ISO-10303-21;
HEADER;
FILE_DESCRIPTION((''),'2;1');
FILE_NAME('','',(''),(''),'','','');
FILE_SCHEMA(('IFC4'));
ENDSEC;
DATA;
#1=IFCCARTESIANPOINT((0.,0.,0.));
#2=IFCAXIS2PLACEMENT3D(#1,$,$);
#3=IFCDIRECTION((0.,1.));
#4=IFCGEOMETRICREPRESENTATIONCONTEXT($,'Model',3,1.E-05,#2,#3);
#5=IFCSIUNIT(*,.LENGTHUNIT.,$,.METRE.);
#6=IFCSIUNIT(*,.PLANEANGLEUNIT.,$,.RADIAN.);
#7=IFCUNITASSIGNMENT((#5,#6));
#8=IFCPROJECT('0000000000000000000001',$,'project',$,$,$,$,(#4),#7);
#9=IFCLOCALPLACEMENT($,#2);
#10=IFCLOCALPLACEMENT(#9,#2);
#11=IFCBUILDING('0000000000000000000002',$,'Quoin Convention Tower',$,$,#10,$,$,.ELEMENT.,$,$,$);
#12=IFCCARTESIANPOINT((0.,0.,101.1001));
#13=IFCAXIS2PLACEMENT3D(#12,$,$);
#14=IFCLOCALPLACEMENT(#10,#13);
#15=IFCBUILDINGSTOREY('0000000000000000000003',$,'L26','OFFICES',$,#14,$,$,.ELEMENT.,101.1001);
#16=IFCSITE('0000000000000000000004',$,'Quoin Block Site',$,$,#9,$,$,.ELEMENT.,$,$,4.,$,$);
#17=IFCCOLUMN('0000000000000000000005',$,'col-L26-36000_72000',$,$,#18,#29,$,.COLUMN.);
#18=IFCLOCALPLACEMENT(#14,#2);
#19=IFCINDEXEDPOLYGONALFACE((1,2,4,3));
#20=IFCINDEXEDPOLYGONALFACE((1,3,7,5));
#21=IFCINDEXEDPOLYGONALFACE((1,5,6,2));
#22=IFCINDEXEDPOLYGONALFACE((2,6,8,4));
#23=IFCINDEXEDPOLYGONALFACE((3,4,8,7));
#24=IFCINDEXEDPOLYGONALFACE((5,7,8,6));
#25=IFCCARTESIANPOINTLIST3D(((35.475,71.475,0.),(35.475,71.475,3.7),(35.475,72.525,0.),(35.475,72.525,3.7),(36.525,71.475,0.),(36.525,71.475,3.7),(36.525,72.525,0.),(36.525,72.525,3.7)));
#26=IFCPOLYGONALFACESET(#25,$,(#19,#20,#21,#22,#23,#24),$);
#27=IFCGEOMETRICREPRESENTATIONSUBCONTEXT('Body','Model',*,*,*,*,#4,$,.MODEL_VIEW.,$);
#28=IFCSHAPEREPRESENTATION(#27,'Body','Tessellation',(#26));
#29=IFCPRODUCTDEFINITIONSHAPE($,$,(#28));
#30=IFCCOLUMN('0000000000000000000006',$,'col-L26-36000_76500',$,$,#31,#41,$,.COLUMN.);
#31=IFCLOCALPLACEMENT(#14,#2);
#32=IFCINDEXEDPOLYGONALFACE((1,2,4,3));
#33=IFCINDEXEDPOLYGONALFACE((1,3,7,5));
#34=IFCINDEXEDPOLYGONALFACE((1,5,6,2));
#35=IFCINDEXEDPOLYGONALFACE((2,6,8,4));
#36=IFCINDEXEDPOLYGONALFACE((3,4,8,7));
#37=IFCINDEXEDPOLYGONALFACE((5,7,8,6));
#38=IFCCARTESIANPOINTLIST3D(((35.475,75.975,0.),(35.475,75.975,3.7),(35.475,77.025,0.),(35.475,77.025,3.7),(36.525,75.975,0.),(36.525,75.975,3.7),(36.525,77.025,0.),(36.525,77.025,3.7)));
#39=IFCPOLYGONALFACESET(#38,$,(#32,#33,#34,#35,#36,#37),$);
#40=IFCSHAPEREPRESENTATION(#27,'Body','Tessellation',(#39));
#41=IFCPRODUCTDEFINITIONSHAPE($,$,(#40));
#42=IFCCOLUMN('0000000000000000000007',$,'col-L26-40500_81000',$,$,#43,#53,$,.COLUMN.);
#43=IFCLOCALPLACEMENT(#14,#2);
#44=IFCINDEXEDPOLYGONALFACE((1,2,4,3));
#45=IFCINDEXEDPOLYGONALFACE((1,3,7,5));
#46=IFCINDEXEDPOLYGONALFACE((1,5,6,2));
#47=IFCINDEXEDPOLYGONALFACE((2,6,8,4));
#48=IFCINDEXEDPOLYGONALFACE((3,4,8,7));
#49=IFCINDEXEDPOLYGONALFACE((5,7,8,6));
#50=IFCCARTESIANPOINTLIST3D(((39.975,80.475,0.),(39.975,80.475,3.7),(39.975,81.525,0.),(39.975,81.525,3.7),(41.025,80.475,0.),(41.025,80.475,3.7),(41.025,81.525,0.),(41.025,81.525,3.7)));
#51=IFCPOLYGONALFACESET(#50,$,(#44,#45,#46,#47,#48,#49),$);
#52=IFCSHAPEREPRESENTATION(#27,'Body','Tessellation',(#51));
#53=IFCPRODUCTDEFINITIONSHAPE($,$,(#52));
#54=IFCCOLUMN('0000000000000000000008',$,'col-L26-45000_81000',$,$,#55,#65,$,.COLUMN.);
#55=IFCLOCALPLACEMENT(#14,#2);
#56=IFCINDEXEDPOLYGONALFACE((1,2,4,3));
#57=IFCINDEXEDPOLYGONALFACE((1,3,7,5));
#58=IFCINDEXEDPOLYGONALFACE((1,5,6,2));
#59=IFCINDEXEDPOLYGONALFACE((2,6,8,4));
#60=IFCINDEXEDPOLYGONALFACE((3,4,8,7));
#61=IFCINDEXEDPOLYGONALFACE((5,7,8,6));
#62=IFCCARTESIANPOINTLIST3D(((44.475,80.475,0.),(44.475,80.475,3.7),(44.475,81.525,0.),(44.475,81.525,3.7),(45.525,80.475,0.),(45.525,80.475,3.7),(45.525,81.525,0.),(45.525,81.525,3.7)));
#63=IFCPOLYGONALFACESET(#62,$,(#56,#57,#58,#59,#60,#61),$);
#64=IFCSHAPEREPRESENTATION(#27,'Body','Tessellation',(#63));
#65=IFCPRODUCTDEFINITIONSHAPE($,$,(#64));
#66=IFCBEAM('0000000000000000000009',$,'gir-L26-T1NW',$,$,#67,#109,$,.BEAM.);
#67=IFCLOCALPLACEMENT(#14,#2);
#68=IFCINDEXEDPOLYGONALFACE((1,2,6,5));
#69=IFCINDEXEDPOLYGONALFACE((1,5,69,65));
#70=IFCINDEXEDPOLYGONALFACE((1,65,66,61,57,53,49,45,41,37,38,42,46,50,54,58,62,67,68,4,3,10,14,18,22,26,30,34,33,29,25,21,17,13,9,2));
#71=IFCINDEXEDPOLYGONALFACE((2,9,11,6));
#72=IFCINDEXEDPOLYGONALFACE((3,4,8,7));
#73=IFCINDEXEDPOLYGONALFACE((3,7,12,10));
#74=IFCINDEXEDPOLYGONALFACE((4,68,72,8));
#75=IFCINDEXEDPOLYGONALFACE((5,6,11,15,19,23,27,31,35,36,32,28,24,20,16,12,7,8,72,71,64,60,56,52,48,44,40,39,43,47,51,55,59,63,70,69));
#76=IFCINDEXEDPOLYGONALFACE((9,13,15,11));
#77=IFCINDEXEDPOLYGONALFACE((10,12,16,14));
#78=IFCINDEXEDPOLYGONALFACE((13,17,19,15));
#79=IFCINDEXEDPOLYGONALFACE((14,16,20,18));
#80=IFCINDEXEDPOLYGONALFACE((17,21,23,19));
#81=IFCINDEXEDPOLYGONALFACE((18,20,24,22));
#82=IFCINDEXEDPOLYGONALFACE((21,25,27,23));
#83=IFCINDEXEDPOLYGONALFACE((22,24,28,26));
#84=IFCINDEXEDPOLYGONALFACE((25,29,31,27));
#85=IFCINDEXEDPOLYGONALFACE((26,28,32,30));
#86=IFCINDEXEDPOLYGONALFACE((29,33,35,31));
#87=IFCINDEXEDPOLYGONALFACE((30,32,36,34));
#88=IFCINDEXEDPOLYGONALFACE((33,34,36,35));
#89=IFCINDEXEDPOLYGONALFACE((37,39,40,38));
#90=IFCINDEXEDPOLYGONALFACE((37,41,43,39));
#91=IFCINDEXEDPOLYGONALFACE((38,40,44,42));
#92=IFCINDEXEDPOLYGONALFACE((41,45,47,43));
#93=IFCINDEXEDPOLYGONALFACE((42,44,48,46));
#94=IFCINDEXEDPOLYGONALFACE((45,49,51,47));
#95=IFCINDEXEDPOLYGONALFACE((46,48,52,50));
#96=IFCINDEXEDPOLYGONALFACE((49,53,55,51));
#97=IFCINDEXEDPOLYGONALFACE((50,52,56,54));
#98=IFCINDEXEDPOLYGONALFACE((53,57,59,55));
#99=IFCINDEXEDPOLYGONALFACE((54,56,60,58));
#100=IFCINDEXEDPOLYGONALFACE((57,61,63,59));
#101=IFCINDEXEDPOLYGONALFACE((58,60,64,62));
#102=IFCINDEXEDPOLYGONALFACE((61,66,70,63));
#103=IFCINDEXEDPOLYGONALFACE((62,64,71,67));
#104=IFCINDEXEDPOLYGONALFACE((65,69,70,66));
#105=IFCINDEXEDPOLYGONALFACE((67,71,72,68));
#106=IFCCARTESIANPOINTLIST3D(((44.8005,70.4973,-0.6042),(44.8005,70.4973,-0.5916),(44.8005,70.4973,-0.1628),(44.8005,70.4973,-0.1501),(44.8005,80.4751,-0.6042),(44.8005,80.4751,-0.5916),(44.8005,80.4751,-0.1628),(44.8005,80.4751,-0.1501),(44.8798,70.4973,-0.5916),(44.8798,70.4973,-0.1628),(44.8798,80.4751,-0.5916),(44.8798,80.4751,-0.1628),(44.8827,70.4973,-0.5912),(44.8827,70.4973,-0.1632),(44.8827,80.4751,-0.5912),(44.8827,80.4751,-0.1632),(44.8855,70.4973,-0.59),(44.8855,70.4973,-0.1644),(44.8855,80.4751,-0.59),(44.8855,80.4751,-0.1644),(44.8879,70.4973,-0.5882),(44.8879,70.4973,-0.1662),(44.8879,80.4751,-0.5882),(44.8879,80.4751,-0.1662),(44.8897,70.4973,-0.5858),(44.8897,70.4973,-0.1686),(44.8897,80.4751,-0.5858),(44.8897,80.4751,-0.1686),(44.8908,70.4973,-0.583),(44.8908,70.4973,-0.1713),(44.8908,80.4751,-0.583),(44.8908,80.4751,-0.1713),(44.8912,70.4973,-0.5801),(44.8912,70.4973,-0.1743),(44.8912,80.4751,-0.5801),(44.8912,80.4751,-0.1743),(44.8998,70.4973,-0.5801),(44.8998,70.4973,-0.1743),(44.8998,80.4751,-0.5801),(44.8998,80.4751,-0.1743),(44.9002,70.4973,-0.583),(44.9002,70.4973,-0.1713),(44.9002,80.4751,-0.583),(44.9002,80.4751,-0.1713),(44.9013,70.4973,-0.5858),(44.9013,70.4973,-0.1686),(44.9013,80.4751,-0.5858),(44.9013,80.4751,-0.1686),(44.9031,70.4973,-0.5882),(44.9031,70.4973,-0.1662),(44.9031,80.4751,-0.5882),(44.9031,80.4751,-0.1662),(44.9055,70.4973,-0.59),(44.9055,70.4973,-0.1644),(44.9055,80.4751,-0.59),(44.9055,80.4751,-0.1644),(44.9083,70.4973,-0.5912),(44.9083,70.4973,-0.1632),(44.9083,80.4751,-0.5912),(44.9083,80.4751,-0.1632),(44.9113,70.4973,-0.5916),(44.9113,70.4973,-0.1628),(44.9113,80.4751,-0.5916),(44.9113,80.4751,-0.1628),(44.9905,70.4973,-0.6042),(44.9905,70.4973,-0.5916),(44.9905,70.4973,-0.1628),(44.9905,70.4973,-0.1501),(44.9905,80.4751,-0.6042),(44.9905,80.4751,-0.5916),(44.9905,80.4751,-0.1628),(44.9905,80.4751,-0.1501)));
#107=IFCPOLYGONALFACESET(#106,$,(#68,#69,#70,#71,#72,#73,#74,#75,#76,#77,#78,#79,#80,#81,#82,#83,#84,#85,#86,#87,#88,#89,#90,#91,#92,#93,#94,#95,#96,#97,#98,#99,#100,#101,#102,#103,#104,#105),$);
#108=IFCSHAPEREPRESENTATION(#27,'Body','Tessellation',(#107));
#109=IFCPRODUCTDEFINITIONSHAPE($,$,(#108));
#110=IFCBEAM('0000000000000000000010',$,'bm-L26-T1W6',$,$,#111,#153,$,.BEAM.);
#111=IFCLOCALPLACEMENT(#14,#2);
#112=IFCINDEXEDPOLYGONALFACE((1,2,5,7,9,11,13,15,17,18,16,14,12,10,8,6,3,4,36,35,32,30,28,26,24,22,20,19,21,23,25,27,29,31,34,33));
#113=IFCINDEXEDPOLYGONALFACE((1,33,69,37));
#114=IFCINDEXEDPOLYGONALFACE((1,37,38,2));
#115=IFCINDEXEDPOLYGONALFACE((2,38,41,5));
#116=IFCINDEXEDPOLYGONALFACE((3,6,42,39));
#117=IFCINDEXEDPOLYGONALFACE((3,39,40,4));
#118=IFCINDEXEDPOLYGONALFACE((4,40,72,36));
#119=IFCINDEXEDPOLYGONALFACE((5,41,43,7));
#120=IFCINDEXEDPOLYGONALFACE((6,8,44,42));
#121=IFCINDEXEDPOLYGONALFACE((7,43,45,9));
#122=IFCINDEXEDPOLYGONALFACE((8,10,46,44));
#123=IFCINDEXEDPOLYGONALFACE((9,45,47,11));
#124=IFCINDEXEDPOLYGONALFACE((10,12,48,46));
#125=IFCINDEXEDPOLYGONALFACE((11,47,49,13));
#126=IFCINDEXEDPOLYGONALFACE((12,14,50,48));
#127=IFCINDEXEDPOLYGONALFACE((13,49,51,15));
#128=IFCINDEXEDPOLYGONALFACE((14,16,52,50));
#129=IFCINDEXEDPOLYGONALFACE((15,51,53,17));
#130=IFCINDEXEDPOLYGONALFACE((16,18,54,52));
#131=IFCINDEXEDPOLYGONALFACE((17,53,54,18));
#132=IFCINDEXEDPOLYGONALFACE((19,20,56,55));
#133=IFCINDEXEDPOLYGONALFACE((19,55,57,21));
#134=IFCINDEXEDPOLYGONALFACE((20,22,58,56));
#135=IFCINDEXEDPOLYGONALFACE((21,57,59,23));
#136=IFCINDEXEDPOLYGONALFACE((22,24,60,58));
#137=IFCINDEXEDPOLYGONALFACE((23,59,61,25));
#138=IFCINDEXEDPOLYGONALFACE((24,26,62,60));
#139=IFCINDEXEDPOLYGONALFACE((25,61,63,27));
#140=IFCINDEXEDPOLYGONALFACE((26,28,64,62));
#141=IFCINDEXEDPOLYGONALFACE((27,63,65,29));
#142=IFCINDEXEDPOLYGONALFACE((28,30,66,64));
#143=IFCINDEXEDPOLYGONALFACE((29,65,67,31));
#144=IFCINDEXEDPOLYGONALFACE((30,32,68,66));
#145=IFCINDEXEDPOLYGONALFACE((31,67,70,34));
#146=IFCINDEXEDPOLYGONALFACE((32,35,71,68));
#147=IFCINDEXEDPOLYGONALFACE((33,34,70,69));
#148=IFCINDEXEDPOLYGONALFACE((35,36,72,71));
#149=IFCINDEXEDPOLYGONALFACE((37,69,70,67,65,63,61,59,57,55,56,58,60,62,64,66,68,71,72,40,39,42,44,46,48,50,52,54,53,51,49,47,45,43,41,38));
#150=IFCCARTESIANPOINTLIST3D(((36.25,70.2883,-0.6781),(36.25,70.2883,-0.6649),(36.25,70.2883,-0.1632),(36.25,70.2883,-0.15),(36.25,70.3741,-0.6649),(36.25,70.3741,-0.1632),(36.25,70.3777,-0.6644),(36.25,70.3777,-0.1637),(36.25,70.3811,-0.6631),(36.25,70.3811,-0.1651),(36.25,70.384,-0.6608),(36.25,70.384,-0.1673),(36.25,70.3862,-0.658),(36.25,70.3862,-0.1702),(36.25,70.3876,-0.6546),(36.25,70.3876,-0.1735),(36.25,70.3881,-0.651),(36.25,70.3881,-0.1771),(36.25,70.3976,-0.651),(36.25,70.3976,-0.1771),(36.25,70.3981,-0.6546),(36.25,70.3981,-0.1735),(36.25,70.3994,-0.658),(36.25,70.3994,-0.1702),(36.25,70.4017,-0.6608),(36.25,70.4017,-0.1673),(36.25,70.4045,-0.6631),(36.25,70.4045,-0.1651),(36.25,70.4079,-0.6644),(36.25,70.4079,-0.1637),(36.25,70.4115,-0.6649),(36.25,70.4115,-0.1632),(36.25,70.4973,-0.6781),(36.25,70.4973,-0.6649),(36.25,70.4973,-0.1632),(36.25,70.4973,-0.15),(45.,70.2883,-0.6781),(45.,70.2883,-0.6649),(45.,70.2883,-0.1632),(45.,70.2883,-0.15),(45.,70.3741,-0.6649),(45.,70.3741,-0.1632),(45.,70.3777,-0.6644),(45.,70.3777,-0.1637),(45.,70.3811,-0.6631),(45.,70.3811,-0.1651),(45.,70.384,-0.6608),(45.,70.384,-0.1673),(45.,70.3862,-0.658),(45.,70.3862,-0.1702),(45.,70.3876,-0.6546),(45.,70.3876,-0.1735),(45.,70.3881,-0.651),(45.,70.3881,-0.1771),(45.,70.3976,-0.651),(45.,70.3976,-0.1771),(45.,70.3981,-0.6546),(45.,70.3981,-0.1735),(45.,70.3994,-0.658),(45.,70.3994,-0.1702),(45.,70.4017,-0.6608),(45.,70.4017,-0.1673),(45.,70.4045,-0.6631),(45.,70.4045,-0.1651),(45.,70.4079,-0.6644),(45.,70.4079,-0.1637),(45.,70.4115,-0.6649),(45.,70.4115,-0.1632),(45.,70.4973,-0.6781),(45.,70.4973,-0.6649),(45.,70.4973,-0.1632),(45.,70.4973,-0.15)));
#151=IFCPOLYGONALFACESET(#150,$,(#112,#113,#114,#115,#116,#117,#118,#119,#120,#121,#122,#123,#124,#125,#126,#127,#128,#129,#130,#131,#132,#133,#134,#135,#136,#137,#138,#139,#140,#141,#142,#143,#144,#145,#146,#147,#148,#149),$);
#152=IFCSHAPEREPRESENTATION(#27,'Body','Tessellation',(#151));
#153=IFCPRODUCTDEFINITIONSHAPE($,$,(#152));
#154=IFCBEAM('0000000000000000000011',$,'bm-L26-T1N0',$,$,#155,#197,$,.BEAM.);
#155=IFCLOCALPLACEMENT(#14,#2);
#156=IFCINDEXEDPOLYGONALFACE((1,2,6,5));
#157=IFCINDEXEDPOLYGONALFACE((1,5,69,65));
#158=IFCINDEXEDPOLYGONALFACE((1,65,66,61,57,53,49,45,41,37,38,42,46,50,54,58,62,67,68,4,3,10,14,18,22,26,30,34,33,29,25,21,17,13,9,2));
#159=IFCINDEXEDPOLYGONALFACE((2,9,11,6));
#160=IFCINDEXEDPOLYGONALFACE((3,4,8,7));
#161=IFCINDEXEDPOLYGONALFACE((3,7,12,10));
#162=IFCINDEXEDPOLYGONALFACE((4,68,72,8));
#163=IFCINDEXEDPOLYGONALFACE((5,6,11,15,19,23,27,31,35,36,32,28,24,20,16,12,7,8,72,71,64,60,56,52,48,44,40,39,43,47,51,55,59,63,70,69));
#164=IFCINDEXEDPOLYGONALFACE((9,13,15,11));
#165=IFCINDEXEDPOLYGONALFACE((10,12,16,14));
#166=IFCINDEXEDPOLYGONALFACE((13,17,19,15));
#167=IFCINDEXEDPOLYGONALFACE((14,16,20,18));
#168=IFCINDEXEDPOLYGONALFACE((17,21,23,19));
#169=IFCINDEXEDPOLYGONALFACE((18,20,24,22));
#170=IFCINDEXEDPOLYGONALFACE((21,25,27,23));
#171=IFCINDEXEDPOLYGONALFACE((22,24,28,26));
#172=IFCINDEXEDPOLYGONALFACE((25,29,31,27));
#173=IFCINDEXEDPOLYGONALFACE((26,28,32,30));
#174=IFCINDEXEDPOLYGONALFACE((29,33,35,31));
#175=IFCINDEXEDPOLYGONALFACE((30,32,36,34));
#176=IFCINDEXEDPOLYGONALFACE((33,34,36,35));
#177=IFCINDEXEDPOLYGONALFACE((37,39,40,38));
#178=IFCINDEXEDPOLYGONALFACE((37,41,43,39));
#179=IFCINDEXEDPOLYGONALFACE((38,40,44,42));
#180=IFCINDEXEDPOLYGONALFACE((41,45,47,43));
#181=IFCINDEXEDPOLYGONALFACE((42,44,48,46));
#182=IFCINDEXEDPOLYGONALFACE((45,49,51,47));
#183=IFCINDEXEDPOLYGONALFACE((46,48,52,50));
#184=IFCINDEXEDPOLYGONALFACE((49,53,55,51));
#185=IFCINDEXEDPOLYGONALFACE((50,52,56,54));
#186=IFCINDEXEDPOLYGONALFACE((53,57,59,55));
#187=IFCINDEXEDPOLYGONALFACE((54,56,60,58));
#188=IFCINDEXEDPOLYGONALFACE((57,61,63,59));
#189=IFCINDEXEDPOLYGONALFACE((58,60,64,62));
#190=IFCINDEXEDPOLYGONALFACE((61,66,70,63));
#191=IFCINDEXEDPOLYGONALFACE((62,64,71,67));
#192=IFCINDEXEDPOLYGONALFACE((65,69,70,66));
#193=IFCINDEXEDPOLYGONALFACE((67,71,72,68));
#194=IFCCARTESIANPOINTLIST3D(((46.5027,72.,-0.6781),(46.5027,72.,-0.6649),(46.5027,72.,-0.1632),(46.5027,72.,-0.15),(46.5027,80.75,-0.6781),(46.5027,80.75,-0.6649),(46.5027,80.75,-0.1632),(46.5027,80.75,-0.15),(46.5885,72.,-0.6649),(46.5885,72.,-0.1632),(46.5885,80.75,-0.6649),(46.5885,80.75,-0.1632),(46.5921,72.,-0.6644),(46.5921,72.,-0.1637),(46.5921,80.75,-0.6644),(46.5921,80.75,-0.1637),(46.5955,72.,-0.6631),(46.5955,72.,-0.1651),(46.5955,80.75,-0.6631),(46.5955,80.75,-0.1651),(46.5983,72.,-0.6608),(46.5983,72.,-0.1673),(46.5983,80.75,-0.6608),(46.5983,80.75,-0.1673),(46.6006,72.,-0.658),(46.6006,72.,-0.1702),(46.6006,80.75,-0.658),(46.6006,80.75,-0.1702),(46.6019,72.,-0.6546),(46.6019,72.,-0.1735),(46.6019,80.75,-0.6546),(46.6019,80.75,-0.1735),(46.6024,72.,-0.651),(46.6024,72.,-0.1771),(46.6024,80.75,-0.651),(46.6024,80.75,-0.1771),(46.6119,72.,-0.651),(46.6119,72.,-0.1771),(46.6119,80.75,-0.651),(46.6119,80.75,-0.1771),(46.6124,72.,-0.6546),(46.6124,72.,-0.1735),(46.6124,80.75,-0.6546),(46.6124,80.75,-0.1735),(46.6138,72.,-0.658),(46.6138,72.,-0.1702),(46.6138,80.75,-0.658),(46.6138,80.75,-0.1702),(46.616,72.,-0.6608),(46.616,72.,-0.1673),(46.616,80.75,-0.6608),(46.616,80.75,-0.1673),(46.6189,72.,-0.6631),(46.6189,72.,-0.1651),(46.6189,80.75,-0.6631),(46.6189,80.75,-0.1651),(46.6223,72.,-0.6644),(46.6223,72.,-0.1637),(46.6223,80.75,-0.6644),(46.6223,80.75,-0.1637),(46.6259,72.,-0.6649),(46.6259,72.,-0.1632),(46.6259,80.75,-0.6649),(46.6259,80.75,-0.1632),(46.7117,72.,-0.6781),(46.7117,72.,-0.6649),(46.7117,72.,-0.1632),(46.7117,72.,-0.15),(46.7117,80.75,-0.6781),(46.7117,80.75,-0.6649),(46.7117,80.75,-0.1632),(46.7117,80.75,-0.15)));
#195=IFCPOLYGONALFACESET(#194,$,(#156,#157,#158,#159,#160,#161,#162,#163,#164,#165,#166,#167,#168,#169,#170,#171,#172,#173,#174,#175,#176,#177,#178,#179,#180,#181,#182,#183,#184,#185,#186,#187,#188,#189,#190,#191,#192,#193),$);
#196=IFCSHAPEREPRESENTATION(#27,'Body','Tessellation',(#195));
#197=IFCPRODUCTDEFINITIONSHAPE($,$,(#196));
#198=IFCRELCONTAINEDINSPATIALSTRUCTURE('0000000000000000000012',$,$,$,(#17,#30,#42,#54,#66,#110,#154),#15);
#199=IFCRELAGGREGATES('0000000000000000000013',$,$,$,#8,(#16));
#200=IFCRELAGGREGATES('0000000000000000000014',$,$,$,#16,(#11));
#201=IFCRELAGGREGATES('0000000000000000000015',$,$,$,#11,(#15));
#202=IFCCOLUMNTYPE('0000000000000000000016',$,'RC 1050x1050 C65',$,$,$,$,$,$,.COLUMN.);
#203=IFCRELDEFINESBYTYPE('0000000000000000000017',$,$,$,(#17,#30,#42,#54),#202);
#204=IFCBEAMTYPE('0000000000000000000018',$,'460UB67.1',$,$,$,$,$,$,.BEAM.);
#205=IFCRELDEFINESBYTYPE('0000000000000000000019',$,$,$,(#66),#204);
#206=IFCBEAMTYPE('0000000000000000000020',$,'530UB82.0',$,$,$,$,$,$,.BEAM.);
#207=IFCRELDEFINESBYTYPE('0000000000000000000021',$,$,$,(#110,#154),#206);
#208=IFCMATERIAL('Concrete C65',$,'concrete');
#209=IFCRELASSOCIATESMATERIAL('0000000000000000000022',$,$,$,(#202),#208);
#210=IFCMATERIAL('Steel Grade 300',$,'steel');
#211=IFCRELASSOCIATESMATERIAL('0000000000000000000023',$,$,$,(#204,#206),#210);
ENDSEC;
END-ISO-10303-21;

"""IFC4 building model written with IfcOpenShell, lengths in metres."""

from ifc_helpers import new_model, si_unit, direction, frame, origin, origin_2d, place, context, subcontext, project, spatial, rectangle, i_section, extrude, material, material_profile, profile_set, type_object, element, save


model = new_model("IFC4")

# Units and contexts
model_context = context("Model", 3, precision=1e-05, world=origin(), true_north=direction((0.0, 1.0)))
body_context = subcontext(model_context, "Body", "Model", "MODEL_VIEW")
ifc_project = project(units=[si_unit("LENGTHUNIT", "METRE"), si_unit("PLANEANGLEUNIT", "RADIAN")], contexts=[model_context])

# Site, building, storey
site_placement = place(None, origin())
site = spatial("IfcSite", under=ifc_project, at=site_placement, Name="Quoin Block Site", CompositionType="ELEMENT", RefElevation=4.0)
building_placement = place(site_placement, origin())
building = spatial("IfcBuilding", under=site, at=building_placement, Name="Quoin Convention Tower", CompositionType="ELEMENT")
storey_placement = place(building_placement, frame((0.0, 0.0, 101.1001)))
storey = spatial("IfcBuildingStorey", under=building, at=storey_placement, Name="L26", Description="OFFICES", CompositionType="ELEMENT", Elevation=101.1001)

# Columns
ifc_material_1 = material(Name="Concrete C65", Category="concrete")
ifc_material_profile_1 = material_profile(ifc_material_1, rectangle(XDim=1.05, YDim=1.05, at=origin_2d()), Name="RC 1050x1050")
ifc_profile_set_1 = profile_set([ifc_material_profile_1], Name="Concrete C65")
column_type = type_object("IfcColumnType", Name="RC 1050x1050 C65", PredefinedType="COLUMN", material=ifc_profile_set_1)
for number, where, z_axis, x_axis, name in (
    (1, (36.0, 72.0, 0.0), (0.0, 0.0, 1.0), (1.0, 0.0, 0.0), "col-L26-36000_72000"),
    (2, (36.0, 76.5, 0.0), (0.0, 0.0, 1.0), (1.0, 0.0, 0.0), "col-L26-36000_76500"),
    (3, (40.5, 81.0, 0.0), (0.0, 0.0, 1.0), (1.0, 0.0, 0.0), "col-L26-40500_81000"),
    (4, (45.0, 81.0, 0.0), (0.0, 0.0, 1.0), (1.0, 0.0, 0.0), "col-L26-45000_81000"),
):
    element("IfcColumn", number, at=place(storey_placement, frame(where, z_axis=z_axis, x_axis=x_axis)), inside=storey, type_object=column_type, Name=name, PredefinedType="COLUMN", context=body_context, shape_type="SweptSolid", body=[
        extrude(rectangle(XDim=1.05, YDim=1.05, at=origin_2d()), origin(), (0.0, 0.0, 1.0), 3.7),
    ])

# Beams
ifc_material_2 = material(Name="Steel Grade 300", Category="steel")
ifc_material_profile_2 = material_profile(ifc_material_2, i_section(OverallWidth=0.1899, OverallDepth=0.4541, WebThickness=0.0085, FlangeThickness=0.0127, FilletRadius=0.0115, at=origin_2d()), Name="460UB67.1")
ifc_profile_set_2 = profile_set([ifc_material_profile_2], Name="Steel Grade 300")
beam_type_1 = type_object("IfcBeamType", Name="460UB67.1", PredefinedType="BEAM", material=ifc_profile_set_2)
beam_1_placement = place(storey_placement, frame((44.8955, 80.4751, -0.3772), z_axis=(0.0, -1.0, 0.0), x_axis=(1.0, 0.0, 0.0)))
element("IfcBeam", 5, at=beam_1_placement, inside=storey, type_object=beam_type_1, Name="gir-L26-T1NW", PredefinedType="BEAM", context=body_context, shape_type="SweptSolid", body=[
    extrude(i_section(OverallWidth=0.1899, OverallDepth=0.4541, WebThickness=0.0085, FlangeThickness=0.0127, FilletRadius=0.0115, at=origin_2d()), origin(), (0.0, 0.0, 1.0), 9.9778),
])
ifc_material_profile_3 = material_profile(ifc_material_2, i_section(OverallWidth=0.209, OverallDepth=0.5281, WebThickness=0.0095, FlangeThickness=0.0132, FilletRadius=0.0139, at=origin_2d()), Name="530UB82.0")
ifc_profile_set_3 = profile_set([ifc_material_profile_3], Name="Steel Grade 300")
beam_type_2 = type_object("IfcBeamType", Name="530UB82.0", PredefinedType="BEAM", material=ifc_profile_set_3)
for number, where, z_axis, x_axis, name in (
    (6, (36.25, 70.3928, -0.4141), (1.0, 0.0, 0.0), (0.0, 1.0, 0.0), "bm-L26-T1W6"),
    (7, (46.6072, 72.0, -0.4141), (0.0, 1.0, 0.0), (-1.0, 0.0, 0.0), "bm-L26-T1N0"),
):
    element("IfcBeam", number, at=place(storey_placement, frame(where, z_axis=z_axis, x_axis=x_axis)), inside=storey, type_object=beam_type_2, Name=name, PredefinedType="BEAM", context=body_context, shape_type="SweptSolid", body=[
        extrude(i_section(OverallWidth=0.209, OverallDepth=0.5281, WebThickness=0.0095, FlangeThickness=0.0132, FilletRadius=0.0139, at=origin_2d()), origin(), (0.0, 0.0, 1.0), 8.75),
    ])

save(model, "model.ifc")
